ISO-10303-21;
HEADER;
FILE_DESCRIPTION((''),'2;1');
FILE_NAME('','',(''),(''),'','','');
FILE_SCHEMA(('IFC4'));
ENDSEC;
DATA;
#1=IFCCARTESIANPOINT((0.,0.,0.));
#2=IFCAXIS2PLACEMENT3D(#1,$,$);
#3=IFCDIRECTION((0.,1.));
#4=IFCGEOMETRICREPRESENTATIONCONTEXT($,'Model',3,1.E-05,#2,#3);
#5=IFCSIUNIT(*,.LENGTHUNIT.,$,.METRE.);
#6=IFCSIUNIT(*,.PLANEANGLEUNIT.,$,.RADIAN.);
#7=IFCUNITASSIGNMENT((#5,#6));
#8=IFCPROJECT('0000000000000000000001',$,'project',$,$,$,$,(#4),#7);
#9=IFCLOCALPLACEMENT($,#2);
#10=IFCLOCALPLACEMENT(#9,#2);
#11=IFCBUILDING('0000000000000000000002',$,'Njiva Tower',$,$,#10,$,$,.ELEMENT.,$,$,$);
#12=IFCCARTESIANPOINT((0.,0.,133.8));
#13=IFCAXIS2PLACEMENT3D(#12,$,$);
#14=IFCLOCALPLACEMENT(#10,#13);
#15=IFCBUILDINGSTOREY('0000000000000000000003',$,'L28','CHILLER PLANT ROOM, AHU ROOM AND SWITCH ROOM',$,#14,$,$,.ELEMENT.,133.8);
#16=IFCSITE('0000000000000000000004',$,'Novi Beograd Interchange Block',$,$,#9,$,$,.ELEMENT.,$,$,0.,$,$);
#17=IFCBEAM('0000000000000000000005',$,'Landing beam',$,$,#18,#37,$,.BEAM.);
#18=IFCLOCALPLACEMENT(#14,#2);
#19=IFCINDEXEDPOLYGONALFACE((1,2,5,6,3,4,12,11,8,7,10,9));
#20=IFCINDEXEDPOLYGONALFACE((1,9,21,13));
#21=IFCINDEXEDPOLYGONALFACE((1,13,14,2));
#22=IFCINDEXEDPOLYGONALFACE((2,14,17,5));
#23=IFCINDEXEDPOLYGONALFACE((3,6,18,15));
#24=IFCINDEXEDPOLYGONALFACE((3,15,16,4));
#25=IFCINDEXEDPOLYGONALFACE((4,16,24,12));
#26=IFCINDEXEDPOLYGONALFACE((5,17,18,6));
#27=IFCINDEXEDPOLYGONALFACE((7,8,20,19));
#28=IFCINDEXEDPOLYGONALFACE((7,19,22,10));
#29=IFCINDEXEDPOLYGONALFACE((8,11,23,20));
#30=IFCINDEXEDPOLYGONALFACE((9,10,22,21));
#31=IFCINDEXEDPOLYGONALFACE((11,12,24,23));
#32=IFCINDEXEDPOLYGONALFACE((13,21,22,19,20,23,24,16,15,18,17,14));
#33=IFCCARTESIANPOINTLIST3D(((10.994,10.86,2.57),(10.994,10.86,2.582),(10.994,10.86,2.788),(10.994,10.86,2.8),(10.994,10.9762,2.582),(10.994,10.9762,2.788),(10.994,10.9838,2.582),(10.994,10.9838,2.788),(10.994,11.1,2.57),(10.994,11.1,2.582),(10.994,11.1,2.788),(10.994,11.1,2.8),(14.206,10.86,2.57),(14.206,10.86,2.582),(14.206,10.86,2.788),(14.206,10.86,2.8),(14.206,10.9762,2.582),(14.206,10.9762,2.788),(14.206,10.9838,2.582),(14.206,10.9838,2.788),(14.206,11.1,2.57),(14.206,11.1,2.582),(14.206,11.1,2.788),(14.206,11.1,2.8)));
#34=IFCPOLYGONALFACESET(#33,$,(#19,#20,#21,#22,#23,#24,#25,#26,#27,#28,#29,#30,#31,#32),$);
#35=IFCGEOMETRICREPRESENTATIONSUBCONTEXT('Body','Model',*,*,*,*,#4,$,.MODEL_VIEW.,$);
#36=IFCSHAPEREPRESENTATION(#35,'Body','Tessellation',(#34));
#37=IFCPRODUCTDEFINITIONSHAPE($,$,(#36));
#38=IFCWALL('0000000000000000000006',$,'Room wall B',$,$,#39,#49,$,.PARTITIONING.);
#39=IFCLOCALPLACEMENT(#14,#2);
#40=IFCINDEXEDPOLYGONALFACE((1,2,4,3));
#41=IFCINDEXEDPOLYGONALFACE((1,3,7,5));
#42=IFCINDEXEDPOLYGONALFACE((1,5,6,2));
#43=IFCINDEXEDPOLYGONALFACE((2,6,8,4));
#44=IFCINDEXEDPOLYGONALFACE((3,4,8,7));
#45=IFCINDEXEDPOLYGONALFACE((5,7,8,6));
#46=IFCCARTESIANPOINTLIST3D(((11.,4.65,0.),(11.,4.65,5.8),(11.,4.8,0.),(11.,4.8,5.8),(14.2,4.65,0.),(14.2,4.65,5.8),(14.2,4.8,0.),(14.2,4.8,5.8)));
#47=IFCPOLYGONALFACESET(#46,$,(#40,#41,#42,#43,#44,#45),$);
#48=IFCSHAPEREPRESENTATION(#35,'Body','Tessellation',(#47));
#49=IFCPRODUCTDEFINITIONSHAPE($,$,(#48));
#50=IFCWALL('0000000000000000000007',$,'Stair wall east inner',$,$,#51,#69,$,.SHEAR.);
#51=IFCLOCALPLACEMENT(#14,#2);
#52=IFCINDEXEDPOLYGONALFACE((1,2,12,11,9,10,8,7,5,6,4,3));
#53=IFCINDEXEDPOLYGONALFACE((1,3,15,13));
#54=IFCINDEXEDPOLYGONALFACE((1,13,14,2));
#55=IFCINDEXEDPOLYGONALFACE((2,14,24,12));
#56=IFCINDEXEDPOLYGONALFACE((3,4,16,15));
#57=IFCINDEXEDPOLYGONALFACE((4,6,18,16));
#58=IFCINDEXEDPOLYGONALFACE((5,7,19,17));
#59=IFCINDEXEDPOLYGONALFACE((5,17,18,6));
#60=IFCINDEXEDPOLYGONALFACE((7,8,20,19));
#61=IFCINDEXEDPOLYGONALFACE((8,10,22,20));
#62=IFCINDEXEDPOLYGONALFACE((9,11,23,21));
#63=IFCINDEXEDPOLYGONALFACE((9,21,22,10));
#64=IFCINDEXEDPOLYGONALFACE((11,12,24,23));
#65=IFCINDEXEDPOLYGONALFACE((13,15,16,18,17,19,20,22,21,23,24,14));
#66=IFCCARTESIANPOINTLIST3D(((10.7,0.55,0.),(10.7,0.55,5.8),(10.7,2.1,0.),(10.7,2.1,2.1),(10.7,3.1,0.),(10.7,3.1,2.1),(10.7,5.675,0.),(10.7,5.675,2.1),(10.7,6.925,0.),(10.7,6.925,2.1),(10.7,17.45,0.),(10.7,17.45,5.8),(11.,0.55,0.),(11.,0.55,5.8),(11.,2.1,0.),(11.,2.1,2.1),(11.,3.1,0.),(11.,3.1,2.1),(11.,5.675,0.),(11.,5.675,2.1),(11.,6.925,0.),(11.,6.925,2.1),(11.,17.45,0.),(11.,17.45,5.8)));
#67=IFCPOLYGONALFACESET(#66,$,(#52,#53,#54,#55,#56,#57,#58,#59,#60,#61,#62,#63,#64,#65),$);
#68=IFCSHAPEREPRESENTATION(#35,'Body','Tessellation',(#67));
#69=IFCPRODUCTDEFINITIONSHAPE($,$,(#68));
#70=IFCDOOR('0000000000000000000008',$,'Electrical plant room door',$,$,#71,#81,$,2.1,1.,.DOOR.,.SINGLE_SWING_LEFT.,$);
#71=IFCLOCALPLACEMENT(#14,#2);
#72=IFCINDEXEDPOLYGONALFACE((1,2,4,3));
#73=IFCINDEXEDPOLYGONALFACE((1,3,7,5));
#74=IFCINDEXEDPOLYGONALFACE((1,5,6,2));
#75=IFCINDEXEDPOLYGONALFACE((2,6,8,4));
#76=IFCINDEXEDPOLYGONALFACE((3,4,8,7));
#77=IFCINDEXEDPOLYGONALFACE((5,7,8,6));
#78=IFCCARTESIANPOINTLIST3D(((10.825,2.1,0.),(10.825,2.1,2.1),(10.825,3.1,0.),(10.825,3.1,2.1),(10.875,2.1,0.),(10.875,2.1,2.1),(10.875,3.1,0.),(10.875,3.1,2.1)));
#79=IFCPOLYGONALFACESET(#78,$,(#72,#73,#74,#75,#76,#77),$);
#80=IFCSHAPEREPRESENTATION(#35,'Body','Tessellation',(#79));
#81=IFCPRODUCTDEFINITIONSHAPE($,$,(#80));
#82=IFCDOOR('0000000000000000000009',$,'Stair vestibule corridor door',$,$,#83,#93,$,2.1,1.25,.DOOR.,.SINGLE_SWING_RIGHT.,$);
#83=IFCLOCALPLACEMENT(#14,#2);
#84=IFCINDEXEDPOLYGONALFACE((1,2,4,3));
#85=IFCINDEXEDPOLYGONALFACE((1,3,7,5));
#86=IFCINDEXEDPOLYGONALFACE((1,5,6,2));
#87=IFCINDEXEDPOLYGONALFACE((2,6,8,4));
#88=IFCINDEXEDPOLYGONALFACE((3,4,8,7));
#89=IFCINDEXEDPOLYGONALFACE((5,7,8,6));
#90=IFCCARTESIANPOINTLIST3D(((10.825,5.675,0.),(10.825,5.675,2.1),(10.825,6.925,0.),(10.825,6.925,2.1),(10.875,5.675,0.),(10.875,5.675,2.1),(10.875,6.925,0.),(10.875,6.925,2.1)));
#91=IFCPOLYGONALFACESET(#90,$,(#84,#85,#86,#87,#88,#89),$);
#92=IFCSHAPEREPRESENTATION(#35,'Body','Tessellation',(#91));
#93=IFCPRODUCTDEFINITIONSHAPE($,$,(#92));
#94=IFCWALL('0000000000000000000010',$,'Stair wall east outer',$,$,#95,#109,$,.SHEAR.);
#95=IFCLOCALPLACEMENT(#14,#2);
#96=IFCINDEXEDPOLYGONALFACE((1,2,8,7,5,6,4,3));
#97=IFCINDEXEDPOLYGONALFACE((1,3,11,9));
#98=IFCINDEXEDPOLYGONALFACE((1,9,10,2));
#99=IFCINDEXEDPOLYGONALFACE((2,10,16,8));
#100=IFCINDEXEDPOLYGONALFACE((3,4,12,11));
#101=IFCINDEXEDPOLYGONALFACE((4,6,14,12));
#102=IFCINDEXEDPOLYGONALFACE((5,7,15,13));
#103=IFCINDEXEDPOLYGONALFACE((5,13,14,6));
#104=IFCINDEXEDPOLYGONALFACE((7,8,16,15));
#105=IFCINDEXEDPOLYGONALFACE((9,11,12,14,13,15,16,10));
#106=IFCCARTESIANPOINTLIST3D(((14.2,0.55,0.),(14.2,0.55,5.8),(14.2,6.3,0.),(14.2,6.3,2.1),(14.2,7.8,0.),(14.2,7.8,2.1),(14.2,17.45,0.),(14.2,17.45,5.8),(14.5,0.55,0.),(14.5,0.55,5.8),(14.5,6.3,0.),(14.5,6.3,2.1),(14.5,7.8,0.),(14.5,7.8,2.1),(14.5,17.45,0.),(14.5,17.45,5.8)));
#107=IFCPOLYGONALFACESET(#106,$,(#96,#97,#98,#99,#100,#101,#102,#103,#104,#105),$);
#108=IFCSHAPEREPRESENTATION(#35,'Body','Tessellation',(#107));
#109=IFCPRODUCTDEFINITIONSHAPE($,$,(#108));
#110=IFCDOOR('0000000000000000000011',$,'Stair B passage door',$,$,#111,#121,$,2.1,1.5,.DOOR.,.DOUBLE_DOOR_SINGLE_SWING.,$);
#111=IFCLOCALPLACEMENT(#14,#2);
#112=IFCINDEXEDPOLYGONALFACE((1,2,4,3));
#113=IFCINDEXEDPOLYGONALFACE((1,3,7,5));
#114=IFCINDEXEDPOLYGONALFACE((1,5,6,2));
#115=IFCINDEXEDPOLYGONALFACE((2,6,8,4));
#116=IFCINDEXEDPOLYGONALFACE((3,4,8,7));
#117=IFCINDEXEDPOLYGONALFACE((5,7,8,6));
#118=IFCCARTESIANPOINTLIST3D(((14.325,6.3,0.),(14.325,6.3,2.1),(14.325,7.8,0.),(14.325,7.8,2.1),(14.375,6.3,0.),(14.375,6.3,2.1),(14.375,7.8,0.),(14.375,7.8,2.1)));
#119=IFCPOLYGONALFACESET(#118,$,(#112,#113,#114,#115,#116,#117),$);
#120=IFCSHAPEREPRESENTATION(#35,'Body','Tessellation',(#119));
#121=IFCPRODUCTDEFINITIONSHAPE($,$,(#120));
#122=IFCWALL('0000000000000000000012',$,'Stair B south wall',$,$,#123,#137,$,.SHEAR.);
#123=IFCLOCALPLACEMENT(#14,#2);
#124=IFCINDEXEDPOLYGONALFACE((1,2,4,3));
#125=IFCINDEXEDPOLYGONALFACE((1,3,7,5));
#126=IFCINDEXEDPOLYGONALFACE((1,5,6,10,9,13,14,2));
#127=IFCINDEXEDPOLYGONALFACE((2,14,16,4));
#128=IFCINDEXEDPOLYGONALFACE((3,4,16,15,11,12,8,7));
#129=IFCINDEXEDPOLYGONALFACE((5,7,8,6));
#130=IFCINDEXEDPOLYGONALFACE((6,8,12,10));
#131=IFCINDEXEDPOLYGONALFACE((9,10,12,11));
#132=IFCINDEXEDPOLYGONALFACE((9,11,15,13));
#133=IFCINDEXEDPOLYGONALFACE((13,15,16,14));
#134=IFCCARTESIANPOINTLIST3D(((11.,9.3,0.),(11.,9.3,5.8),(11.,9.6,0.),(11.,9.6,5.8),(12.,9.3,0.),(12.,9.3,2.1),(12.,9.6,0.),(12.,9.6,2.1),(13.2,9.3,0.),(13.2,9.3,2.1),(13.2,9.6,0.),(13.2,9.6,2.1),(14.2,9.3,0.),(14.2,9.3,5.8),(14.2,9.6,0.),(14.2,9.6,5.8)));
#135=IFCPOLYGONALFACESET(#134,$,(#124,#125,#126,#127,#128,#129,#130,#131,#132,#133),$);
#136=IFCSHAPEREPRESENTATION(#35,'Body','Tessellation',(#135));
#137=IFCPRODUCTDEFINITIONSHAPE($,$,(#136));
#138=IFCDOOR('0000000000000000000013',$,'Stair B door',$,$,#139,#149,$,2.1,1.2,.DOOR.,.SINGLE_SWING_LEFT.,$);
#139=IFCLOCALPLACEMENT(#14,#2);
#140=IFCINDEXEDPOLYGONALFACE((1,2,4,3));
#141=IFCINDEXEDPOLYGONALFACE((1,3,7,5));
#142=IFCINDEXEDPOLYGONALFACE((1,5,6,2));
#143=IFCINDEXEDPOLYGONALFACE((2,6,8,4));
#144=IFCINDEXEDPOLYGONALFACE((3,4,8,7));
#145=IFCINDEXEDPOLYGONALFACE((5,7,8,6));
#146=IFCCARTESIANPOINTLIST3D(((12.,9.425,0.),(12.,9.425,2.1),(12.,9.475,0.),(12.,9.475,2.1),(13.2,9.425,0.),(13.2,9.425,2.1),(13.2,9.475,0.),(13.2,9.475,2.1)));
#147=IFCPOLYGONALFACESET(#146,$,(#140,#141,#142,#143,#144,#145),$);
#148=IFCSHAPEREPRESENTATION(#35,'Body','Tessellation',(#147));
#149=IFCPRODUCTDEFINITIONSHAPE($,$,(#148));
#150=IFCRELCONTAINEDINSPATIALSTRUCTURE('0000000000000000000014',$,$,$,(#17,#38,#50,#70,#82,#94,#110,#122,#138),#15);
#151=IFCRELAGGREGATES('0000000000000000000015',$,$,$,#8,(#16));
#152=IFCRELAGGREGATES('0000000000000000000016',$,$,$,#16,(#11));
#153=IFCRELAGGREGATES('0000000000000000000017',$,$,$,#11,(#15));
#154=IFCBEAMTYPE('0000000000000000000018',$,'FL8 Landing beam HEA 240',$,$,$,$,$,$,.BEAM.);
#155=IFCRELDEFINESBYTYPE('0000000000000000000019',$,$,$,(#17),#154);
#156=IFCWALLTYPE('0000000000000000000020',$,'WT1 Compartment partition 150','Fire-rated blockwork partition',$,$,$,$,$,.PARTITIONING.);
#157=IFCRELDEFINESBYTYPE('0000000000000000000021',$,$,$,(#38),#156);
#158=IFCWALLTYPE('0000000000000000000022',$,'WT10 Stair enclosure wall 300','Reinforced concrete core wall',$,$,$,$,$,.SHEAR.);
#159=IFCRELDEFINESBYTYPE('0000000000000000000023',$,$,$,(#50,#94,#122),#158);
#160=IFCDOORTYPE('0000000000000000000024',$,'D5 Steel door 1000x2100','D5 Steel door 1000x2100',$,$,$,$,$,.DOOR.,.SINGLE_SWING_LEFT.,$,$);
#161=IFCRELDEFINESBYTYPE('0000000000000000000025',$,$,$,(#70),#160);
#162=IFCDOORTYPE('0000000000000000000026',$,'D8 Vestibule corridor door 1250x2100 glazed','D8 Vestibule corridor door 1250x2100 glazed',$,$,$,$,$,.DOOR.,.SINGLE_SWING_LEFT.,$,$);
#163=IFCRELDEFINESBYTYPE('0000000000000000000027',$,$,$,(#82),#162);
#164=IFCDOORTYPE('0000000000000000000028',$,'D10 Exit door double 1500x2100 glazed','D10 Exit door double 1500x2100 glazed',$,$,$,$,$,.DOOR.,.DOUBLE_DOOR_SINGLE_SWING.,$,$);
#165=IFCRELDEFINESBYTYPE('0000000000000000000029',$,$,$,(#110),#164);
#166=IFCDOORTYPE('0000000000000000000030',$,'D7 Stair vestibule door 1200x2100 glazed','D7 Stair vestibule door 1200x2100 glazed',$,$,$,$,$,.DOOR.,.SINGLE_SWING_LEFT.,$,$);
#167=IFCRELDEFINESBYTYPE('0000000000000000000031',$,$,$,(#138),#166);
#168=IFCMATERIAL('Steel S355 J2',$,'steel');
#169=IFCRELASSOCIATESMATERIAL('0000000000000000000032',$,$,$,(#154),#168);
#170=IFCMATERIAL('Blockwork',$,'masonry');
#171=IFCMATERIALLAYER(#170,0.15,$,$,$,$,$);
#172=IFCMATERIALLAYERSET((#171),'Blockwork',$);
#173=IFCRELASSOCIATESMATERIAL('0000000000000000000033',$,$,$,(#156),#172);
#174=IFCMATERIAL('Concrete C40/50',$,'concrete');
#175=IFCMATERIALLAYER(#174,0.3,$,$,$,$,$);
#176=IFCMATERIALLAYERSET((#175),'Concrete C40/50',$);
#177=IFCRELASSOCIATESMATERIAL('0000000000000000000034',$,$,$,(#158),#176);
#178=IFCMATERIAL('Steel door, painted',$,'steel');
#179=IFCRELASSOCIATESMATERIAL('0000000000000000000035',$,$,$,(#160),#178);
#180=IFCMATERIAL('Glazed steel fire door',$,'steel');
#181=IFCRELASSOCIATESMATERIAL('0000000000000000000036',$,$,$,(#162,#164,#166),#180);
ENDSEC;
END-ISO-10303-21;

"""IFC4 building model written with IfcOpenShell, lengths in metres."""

from ifc_helpers import new_model, si_unit, direction, frame, frame_2d, origin, origin_2d, place, context, subcontext, project, spatial, rectangle, i_section, extrude, material, layer, layer_set, material_profile, profile_set, type_object, element, fill, save


model = new_model("IFC4")

# Units and contexts
model_context = context("Model", 3, precision=1e-05, world=origin(), true_north=direction((0.0, 1.0)))
body_context = subcontext(model_context, "Body", "Model", "MODEL_VIEW")
ifc_project = project(units=[si_unit("LENGTHUNIT", "METRE"), si_unit("PLANEANGLEUNIT", "RADIAN")], contexts=[model_context])

# Site, building, storey
site_placement = place(None, origin())
site = spatial("IfcSite", under=ifc_project, at=site_placement, Name="Novi Beograd Interchange Block", CompositionType="ELEMENT", RefElevation=0.0)
building_placement = place(site_placement, origin())
building = spatial("IfcBuilding", under=site, at=building_placement, Name="Njiva Tower", CompositionType="ELEMENT")
storey_placement = place(building_placement, frame((0.0, 0.0, 133.8)))
storey = spatial("IfcBuildingStorey", under=building, at=storey_placement, Name="L28", Description="CHILLER PLANT ROOM, AHU ROOM AND SWITCH ROOM", CompositionType="ELEMENT", Elevation=133.8)

# Beam
ifc_material_1 = material(Name="Steel S355 J2", Category="steel")
ifc_material_profile = material_profile(ifc_material_1, i_section(OverallWidth=0.24, OverallDepth=0.23, WebThickness=0.0075, FlangeThickness=0.012, at=origin_2d()), Name="HEA240")
ifc_profile_set = profile_set([ifc_material_profile], Name="Steel S355 J2")
beam_type = type_object("IfcBeamType", Name="FL8 Landing beam HEA 240", PredefinedType="BEAM", material=ifc_profile_set)
beam_placement = place(storey_placement, frame((10.994, 10.98, 2.685), z_axis=(1.0, 0.0, 0.0), x_axis=(0.0, 1.0, 0.0)))
element("IfcBeam", 1, at=beam_placement, inside=storey, type_object=beam_type, Name="Landing beam", PredefinedType="BEAM", context=body_context, shape_type="SweptSolid", body=[
    extrude(i_section(OverallWidth=0.24, OverallDepth=0.23, WebThickness=0.0075, FlangeThickness=0.012, at=origin_2d()), origin(), (0.0, 0.0, 1.0), 3.212),
])

# Wall
ifc_material_2 = material(Name="Blockwork", Category="masonry")
ifc_layer_1 = layer(ifc_material_2, 0.15)
ifc_layer_set_1 = layer_set([ifc_layer_1], Name="Blockwork")
wall_type_1 = type_object("IfcWallType", Name="WT1 Compartment partition 150", Description="Fire-rated blockwork partition", PredefinedType="PARTITIONING", material=ifc_layer_set_1)
wall_1_placement = place(storey_placement, frame((11.0, 4.725, 0.0), z_axis=(0.0, 0.0, 1.0), x_axis=(1.0, 0.0, 0.0)))
element("IfcWall", 2, at=wall_1_placement, inside=storey, type_object=wall_type_1, Name="Room wall B", PredefinedType="PARTITIONING", context=body_context, shape_type="SweptSolid", body=[
    extrude(rectangle(XDim=3.2, YDim=0.15, at=frame_2d((1.6, 0.0))), origin(), (0.0, 0.0, 1.0), 5.8),
])

# Wall, openings, doors
ifc_material_3 = material(Name="Concrete C40/50", Category="concrete")
ifc_layer_2 = layer(ifc_material_3, 0.3)
ifc_layer_set_2 = layer_set([ifc_layer_2], Name="Concrete C40/50")
wall_type_2 = type_object("IfcWallType", Name="WT10 Stair enclosure wall 300", Description="Reinforced concrete core wall", PredefinedType="SHEAR", material=ifc_layer_set_2)
wall_2_placement = place(storey_placement, frame((10.85, 0.55, 0.0), z_axis=(0.0, 0.0, 1.0), x_axis=(0.0, 1.0, 0.0)))
wall_2 = element("IfcWall", 3, at=wall_2_placement, inside=storey, type_object=wall_type_2, Name="Stair wall east inner", PredefinedType="SHEAR", context=body_context, shape_type="SweptSolid", body=[
    extrude(rectangle(XDim=16.9, YDim=0.3, at=frame_2d((8.45, 0.0))), origin(), (0.0, 0.0, 1.0), 5.8),
])
opening_1_placement = place(wall_2_placement, frame((5.125, 0.0, 0.0)))
opening_1 = element("IfcOpeningElement", 4, at=opening_1_placement, cuts=wall_2, PredefinedType="OPENING", context=body_context, shape_type="SweptSolid", body=[
    extrude(rectangle(XDim=1.25, YDim=2.1, at=frame_2d((0.625, 1.05))), frame((0.0, 0.16, 0.0), z_axis=(0.0, -1.0, 0.0), x_axis=(1.0, 0.0, 0.0)), (0.0, 0.0, 1.0), 0.32),
])
opening_2_placement = place(wall_2_placement, frame((1.55, 0.0, 0.0)))
opening_2 = element("IfcOpeningElement", 5, at=opening_2_placement, cuts=wall_2, PredefinedType="OPENING", context=body_context, shape_type="SweptSolid", body=[
    extrude(rectangle(XDim=1.0, YDim=2.1, at=frame_2d((0.5, 1.05))), frame((0.0, 0.16, 0.0), z_axis=(0.0, -1.0, 0.0), x_axis=(1.0, 0.0, 0.0)), (0.0, 0.0, 1.0), 0.32),
])
ifc_material_4 = material(Name="Steel door, painted", Category="steel")
door_type_1 = type_object("IfcDoorType", Name="D5 Steel door 1000x2100", Description="D5 Steel door 1000x2100", OperationType="SINGLE_SWING_LEFT", PredefinedType="DOOR", material=ifc_material_4)
door_1_placement = place(opening_2_placement, origin())
door_1 = element("IfcDoor", 6, at=door_1_placement, inside=storey, type_object=door_type_1, Name="Electrical plant room door", OperationType="SINGLE_SWING_LEFT", OverallHeight=2.1, OverallWidth=1.0, PredefinedType="DOOR", context=body_context, shape_type="SweptSolid", body=[
    extrude(rectangle(XDim=1.0, YDim=2.1, at=frame_2d((0.5, 1.05))), frame((0.0, 0.025, 0.0), z_axis=(0.0, -1.0, 0.0), x_axis=(1.0, 0.0, 0.0)), (0.0, 0.0, 1.0), 0.05),
])
fill(opening_2, door_1)
ifc_material_5 = material(Name="Glazed steel fire door", Category="steel")
door_type_2 = type_object("IfcDoorType", Name="D8 Vestibule corridor door 1250x2100 glazed", Description="D8 Vestibule corridor door 1250x2100 glazed", OperationType="SINGLE_SWING_LEFT", PredefinedType="DOOR", material=ifc_material_5)
door_2_placement = place(opening_1_placement, origin())
door_2 = element("IfcDoor", 7, at=door_2_placement, inside=storey, type_object=door_type_2, Name="Stair vestibule corridor door", OperationType="SINGLE_SWING_RIGHT", OverallHeight=2.1, OverallWidth=1.25, PredefinedType="DOOR", context=body_context, shape_type="SweptSolid", body=[
    extrude(rectangle(XDim=1.25, YDim=2.1, at=frame_2d((0.625, 1.05))), frame((0.0, 0.025, 0.0), z_axis=(0.0, -1.0, 0.0), x_axis=(1.0, 0.0, 0.0)), (0.0, 0.0, 1.0), 0.05),
])
fill(opening_1, door_2)

# Walls, openings, doors
wall_3_placement = place(storey_placement, frame((14.35, 0.55, 0.0), z_axis=(0.0, 0.0, 1.0), x_axis=(0.0, 1.0, 0.0)))
wall_3 = element("IfcWall", 8, at=wall_3_placement, inside=storey, type_object=wall_type_2, Name="Stair wall east outer", PredefinedType="SHEAR", context=body_context, shape_type="SweptSolid", body=[
    extrude(rectangle(XDim=16.9, YDim=0.3, at=frame_2d((8.45, 0.0))), origin(), (0.0, 0.0, 1.0), 5.8),
])
opening_3_placement = place(wall_3_placement, frame((5.75, 0.0, 0.0)))
opening_3 = element("IfcOpeningElement", 9, at=opening_3_placement, cuts=wall_3, PredefinedType="OPENING", context=body_context, shape_type="SweptSolid", body=[
    extrude(rectangle(XDim=1.5, YDim=2.1, at=frame_2d((0.75, 1.05))), frame((0.0, 0.16, 0.0), z_axis=(0.0, -1.0, 0.0), x_axis=(1.0, 0.0, 0.0)), (0.0, 0.0, 1.0), 0.32),
])
door_type_3 = type_object("IfcDoorType", Name="D10 Exit door double 1500x2100 glazed", Description="D10 Exit door double 1500x2100 glazed", OperationType="DOUBLE_DOOR_SINGLE_SWING", PredefinedType="DOOR", material=ifc_material_5)
door_3_placement = place(opening_3_placement, origin())
door_3 = element("IfcDoor", 10, at=door_3_placement, inside=storey, type_object=door_type_3, Name="Stair B passage door", OperationType="DOUBLE_DOOR_SINGLE_SWING", OverallHeight=2.1, OverallWidth=1.5, PredefinedType="DOOR", context=body_context, shape_type="SweptSolid", body=[
    extrude(rectangle(XDim=1.5, YDim=2.1, at=frame_2d((0.75, 1.05))), frame((0.0, 0.025, 0.0), z_axis=(0.0, -1.0, 0.0), x_axis=(1.0, 0.0, 0.0)), (0.0, 0.0, 1.0), 0.05),
])
fill(opening_3, door_3)
wall_4_placement = place(storey_placement, frame((11.0, 9.45, 0.0), z_axis=(0.0, 0.0, 1.0), x_axis=(1.0, 0.0, 0.0)))
wall_4 = element("IfcWall", 11, at=wall_4_placement, inside=storey, type_object=wall_type_2, Name="Stair B south wall", PredefinedType="SHEAR", context=body_context, shape_type="SweptSolid", body=[
    extrude(rectangle(XDim=3.2, YDim=0.3, at=frame_2d((1.6, 0.0))), origin(), (0.0, 0.0, 1.0), 5.8),
])
opening_4_placement = place(wall_4_placement, frame((1.0, 0.0, 0.0)))
opening_4 = element("IfcOpeningElement", 12, at=opening_4_placement, cuts=wall_4, PredefinedType="OPENING", context=body_context, shape_type="SweptSolid", body=[
    extrude(rectangle(XDim=1.2, YDim=2.1, at=frame_2d((0.6, 1.05))), frame((0.0, 0.16, 0.0), z_axis=(0.0, -1.0, 0.0), x_axis=(1.0, 0.0, 0.0)), (0.0, 0.0, 1.0), 0.32),
])
door_type_4 = type_object("IfcDoorType", Name="D7 Stair vestibule door 1200x2100 glazed", Description="D7 Stair vestibule door 1200x2100 glazed", OperationType="SINGLE_SWING_LEFT", PredefinedType="DOOR", material=ifc_material_5)
door_4_placement = place(opening_4_placement, origin())
door_4 = element("IfcDoor", 13, at=door_4_placement, inside=storey, type_object=door_type_4, Name="Stair B door", OperationType="SINGLE_SWING_LEFT", OverallHeight=2.1, OverallWidth=1.2, PredefinedType="DOOR", context=body_context, shape_type="SweptSolid", body=[
    extrude(rectangle(XDim=1.2, YDim=2.1, at=frame_2d((0.6, 1.05))), frame((0.0, 0.025, 0.0), z_axis=(0.0, -1.0, 0.0), x_axis=(1.0, 0.0, 0.0)), (0.0, 0.0, 1.0), 0.05),
])
fill(opening_4, door_4)

save(model, "model.ifc")
